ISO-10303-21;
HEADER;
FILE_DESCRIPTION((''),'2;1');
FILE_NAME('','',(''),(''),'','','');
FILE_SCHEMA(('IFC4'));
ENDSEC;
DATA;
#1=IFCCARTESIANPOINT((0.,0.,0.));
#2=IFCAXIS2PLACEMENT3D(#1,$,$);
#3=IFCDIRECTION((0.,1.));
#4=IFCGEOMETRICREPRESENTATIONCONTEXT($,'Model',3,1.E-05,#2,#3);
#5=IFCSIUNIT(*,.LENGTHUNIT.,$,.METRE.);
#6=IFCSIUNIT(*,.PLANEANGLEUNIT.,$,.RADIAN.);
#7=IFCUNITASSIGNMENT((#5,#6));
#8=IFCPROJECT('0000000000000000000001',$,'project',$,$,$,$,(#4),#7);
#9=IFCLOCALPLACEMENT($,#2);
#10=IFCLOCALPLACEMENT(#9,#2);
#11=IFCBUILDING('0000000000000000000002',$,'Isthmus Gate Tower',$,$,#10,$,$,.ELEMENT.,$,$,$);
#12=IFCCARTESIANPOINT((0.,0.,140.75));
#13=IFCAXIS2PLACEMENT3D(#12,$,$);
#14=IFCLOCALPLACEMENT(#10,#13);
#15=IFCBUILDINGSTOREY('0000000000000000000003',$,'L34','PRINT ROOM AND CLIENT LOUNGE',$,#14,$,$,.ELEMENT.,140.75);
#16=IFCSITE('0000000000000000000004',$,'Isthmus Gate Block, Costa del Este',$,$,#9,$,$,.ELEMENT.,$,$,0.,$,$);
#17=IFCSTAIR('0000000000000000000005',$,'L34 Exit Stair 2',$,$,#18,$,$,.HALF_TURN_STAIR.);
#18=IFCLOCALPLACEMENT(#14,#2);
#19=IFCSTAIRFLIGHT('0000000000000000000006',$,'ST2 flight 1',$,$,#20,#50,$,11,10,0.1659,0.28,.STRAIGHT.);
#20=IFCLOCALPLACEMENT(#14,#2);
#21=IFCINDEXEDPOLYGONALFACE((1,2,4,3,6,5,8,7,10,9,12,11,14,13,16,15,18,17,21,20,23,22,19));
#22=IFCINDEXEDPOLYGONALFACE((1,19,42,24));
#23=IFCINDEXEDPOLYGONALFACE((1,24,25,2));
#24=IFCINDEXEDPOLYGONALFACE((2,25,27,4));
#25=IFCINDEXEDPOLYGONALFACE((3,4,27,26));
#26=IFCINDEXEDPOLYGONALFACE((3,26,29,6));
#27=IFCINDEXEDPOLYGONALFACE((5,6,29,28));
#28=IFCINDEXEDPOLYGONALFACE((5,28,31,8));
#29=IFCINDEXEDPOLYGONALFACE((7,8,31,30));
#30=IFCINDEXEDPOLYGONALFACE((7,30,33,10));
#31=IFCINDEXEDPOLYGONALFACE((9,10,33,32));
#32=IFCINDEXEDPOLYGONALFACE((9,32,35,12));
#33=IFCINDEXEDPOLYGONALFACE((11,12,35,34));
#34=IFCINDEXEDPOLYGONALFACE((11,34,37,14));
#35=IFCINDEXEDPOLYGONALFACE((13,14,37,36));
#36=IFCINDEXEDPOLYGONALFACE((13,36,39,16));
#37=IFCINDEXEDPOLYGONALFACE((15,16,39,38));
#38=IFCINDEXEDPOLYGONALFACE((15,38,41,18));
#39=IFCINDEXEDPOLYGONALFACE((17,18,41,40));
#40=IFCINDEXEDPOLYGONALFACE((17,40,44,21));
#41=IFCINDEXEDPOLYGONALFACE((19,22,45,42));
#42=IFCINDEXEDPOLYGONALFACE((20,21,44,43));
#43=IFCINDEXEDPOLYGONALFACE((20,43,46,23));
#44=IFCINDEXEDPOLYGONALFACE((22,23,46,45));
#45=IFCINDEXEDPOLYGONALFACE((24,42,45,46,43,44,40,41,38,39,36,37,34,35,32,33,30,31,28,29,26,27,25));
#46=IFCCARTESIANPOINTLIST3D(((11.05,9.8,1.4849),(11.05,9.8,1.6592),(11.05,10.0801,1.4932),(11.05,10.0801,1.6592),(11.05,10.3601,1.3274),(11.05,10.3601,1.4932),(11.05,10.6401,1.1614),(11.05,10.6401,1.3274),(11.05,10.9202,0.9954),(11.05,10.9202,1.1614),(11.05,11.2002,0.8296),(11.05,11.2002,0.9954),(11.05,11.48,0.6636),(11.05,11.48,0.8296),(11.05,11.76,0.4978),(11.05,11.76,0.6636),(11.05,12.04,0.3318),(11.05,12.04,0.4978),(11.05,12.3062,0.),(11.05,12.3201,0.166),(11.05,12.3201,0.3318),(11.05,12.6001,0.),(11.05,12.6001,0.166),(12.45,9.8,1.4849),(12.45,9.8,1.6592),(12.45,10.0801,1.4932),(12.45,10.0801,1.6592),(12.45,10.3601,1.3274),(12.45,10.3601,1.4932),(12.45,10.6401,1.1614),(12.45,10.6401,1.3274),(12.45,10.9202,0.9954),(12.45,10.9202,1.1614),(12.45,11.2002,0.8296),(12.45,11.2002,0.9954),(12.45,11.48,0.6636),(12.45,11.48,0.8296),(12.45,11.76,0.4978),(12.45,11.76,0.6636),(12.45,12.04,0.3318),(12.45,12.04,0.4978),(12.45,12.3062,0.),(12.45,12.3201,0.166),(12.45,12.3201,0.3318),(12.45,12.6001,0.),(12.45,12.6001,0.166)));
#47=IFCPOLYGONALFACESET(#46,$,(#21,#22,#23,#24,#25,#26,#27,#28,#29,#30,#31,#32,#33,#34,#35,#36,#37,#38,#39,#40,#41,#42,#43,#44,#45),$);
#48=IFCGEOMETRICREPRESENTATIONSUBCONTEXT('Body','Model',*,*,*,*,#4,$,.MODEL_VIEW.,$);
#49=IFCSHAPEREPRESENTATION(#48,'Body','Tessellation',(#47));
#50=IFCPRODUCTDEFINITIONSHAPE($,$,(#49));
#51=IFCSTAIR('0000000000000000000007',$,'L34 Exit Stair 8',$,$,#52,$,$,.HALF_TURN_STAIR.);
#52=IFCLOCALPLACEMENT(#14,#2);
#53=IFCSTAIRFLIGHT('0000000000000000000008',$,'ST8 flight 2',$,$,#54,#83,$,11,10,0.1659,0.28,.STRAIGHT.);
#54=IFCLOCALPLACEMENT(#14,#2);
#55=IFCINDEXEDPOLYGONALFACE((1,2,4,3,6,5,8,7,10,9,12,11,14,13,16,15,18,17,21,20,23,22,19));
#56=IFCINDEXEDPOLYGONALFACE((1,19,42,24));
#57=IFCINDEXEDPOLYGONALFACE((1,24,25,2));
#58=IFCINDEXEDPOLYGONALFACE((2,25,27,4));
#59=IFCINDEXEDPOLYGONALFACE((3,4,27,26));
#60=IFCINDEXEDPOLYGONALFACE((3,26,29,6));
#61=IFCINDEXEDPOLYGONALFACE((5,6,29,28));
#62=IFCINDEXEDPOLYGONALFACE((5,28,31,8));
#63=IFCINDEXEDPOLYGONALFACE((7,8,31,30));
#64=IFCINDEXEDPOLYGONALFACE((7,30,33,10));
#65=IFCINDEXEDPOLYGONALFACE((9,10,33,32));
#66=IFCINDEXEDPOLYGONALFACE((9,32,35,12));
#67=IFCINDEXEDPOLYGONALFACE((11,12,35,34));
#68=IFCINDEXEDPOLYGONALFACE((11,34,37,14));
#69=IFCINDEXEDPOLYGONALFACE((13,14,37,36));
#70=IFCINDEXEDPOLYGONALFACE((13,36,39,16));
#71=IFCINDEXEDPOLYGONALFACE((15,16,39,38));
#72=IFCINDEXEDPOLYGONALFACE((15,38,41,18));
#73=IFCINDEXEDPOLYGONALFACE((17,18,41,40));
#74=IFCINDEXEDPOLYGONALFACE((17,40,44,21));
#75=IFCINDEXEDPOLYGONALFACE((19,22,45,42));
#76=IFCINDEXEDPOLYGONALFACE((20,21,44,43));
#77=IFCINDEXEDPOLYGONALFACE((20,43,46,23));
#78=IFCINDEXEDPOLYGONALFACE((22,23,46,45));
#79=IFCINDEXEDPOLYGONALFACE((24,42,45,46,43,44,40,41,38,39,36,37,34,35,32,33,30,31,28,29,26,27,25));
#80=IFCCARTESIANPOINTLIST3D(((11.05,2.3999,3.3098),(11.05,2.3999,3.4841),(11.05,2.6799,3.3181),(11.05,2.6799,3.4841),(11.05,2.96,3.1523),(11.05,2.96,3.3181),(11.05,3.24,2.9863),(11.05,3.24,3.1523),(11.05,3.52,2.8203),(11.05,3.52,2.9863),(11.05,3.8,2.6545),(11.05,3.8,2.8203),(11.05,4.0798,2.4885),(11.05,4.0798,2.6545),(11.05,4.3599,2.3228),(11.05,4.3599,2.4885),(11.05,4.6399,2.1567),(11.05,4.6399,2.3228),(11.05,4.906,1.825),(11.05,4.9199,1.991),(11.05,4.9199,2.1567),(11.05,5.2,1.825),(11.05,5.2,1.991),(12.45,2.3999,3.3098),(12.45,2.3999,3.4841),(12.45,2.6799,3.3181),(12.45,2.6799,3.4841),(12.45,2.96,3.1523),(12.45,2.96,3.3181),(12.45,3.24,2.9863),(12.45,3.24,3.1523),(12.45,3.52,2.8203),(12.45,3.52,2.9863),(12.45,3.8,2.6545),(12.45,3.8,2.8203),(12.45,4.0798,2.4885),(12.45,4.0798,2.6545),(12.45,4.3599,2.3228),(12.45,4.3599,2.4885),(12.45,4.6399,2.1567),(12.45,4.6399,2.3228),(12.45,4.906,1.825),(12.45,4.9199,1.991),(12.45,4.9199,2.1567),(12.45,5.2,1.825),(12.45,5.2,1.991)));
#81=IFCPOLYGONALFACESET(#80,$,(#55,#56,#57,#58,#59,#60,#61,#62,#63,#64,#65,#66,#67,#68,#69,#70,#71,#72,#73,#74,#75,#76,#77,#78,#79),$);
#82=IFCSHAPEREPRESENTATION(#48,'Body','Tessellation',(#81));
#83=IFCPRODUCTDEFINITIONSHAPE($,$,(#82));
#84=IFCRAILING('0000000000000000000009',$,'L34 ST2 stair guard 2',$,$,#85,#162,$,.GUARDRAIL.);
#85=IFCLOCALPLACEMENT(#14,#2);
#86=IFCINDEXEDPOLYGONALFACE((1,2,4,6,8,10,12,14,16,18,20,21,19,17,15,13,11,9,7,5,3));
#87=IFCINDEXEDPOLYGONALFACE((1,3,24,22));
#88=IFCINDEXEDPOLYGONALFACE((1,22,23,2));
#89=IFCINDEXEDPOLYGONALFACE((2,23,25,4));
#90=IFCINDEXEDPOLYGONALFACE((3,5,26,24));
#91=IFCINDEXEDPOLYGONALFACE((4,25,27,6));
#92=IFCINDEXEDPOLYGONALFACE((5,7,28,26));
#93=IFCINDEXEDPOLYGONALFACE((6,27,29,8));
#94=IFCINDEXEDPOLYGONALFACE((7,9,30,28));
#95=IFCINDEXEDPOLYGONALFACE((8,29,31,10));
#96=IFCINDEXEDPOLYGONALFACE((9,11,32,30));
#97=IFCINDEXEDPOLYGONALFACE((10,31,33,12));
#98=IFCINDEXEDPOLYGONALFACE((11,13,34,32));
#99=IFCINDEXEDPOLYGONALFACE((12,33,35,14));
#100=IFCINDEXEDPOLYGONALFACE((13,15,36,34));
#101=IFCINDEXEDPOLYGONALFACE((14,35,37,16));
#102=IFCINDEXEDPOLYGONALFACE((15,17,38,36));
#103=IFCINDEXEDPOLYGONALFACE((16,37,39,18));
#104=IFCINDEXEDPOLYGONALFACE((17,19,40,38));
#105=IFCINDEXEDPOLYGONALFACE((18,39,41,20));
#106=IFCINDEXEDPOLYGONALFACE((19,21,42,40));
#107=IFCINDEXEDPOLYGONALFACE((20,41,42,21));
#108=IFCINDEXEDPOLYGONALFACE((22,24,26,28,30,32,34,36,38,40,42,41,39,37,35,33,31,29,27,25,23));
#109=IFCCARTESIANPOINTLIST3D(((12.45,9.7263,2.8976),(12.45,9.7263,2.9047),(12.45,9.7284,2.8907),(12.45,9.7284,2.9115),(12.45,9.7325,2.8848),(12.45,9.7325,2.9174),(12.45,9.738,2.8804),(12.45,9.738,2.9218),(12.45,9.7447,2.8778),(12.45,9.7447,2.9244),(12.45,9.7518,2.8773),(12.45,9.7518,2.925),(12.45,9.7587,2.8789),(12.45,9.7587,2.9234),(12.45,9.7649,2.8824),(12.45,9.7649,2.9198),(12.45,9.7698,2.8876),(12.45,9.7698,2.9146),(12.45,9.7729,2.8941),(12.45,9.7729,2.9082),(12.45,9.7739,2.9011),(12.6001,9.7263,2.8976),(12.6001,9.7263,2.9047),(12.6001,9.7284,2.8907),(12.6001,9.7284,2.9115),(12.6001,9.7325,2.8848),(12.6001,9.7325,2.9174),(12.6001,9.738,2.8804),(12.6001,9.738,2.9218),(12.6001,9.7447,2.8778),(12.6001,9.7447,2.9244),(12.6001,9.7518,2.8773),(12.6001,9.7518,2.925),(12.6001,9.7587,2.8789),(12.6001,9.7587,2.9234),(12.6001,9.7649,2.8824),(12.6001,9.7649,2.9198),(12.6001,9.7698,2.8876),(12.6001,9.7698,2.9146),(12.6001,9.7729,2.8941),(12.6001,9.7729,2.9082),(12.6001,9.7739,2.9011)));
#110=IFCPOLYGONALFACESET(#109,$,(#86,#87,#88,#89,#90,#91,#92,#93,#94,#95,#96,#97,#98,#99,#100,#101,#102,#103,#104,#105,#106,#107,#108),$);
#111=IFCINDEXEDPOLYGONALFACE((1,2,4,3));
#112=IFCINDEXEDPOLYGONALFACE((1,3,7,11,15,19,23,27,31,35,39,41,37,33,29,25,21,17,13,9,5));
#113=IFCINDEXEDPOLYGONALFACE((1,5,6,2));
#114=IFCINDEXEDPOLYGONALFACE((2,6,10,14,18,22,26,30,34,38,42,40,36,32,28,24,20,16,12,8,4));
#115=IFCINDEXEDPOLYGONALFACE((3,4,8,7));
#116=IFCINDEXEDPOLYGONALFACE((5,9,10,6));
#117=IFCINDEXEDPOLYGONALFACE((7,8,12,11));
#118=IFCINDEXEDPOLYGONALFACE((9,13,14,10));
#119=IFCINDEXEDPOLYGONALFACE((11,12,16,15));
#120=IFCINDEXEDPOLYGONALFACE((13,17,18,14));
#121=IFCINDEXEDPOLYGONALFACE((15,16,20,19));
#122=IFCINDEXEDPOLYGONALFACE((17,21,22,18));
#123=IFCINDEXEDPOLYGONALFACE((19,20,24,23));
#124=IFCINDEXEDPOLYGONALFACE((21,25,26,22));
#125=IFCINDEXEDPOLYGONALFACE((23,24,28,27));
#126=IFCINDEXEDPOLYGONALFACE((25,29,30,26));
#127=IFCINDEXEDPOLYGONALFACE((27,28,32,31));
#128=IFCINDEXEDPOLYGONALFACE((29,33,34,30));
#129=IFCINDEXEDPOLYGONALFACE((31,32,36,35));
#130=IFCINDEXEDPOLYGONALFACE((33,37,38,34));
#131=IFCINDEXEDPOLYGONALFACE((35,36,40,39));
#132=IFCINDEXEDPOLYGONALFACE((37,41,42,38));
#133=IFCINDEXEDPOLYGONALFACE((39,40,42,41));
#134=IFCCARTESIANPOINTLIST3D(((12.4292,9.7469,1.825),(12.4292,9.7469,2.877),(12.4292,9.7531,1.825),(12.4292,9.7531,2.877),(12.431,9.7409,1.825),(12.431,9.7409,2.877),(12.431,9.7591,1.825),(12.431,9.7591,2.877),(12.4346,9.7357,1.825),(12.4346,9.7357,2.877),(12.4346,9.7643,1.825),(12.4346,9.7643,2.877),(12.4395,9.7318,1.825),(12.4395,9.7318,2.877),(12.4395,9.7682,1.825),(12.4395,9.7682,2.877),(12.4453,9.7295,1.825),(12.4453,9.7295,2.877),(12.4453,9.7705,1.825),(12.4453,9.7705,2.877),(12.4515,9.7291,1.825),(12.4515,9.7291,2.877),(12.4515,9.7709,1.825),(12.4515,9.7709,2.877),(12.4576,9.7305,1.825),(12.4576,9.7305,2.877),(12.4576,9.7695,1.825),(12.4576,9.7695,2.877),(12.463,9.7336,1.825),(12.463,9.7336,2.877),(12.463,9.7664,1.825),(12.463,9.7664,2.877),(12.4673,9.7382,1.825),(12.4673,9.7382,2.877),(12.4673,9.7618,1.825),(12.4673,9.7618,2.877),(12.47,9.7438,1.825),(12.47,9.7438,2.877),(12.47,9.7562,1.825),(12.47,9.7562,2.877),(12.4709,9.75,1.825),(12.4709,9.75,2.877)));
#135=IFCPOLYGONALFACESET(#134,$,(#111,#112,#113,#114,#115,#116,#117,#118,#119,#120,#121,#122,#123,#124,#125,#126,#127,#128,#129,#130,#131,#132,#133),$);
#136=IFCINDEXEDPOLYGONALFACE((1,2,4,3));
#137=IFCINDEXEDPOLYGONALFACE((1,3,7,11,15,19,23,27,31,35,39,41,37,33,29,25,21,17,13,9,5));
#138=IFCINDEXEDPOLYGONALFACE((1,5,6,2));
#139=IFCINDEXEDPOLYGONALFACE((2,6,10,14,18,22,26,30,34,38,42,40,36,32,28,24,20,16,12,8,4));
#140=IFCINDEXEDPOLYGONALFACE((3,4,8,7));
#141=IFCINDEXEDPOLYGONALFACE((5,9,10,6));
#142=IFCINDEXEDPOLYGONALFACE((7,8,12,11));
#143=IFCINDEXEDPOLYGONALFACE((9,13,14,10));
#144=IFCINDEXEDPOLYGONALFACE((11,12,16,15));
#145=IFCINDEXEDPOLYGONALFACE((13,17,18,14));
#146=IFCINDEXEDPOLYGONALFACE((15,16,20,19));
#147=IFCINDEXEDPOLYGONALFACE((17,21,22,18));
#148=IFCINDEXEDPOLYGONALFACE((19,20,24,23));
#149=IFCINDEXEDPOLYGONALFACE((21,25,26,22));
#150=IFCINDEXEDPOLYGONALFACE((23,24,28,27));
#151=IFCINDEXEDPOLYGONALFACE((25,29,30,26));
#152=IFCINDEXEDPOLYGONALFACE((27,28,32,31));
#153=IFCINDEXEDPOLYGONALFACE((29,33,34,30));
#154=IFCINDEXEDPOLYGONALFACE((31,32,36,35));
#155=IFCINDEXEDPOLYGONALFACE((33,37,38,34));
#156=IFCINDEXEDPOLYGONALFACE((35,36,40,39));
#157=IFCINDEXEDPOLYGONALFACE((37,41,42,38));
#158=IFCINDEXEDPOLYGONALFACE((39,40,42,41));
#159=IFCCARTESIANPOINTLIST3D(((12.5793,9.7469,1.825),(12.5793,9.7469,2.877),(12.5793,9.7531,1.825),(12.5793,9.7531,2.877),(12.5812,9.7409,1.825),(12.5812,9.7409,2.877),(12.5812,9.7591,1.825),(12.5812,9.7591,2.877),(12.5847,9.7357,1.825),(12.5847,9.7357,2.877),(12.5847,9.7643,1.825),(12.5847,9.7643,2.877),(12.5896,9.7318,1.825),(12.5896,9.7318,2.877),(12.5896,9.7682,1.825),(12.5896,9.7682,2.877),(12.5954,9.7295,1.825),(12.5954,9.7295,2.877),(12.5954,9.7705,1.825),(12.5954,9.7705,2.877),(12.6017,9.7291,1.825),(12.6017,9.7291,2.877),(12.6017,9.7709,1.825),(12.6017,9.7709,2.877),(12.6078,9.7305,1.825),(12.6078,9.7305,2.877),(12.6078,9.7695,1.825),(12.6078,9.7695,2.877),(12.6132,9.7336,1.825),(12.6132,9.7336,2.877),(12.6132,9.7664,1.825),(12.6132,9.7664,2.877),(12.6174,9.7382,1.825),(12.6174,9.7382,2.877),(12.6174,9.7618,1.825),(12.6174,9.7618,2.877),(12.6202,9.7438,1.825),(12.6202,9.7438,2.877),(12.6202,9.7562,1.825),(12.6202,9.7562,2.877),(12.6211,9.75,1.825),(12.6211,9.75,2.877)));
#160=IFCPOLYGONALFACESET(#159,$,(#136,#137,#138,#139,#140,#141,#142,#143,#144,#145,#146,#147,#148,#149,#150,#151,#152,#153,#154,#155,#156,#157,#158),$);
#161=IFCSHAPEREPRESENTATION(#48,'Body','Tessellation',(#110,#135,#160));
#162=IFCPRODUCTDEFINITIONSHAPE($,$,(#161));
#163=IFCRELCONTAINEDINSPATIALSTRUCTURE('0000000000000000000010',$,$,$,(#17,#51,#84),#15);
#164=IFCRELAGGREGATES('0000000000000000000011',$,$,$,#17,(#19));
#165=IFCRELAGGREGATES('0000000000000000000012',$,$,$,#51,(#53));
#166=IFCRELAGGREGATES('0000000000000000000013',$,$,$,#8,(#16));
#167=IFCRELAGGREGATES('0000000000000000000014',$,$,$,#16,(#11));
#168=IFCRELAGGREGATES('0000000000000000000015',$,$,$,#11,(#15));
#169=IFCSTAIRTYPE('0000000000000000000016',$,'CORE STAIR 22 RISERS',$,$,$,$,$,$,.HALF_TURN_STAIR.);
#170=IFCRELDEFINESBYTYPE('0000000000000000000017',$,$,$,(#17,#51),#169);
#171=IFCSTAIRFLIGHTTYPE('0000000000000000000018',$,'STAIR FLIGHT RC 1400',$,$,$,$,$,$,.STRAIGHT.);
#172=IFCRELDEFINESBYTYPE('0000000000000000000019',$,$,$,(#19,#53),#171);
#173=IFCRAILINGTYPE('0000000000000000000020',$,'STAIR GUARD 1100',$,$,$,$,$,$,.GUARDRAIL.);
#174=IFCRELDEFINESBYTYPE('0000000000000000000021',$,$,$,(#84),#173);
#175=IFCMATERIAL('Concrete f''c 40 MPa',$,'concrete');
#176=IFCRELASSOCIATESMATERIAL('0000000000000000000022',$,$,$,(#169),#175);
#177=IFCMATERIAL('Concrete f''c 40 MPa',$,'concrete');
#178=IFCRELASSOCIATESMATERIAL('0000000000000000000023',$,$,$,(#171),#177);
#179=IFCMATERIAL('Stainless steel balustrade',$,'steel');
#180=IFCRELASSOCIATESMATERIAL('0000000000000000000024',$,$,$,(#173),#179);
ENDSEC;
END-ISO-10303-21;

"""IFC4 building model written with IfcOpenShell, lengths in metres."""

from ifc_helpers import new_model, si_unit, direction, frame, origin, origin_2d, place, context, subcontext, project, spatial, polyline, circle, outline, extrude, material, type_object, element, aggregate, save


model = new_model("IFC4")

# Units and contexts
model_context = context("Model", 3, precision=1e-05, world=origin(), true_north=direction((0.0, 1.0)))
body_context = subcontext(model_context, "Body", "Model", "MODEL_VIEW")
ifc_project = project(units=[si_unit("LENGTHUNIT", "METRE"), si_unit("PLANEANGLEUNIT", "RADIAN")], contexts=[model_context])

# Site, building, storey
site_placement = place(None, origin())
site = spatial("IfcSite", under=ifc_project, at=site_placement, Name="Isthmus Gate Block, Costa del Este", CompositionType="ELEMENT", RefElevation=0.0)
building_placement = place(site_placement, origin())
building = spatial("IfcBuilding", under=site, at=building_placement, Name="Isthmus Gate Tower", CompositionType="ELEMENT")
storey_placement = place(building_placement, frame((0.0, 0.0, 140.75)))
storey = spatial("IfcBuildingStorey", under=building, at=storey_placement, Name="L34", Description="PRINT ROOM AND CLIENT LOUNGE", CompositionType="ELEMENT", Elevation=140.75)

# Stairs, stair flights
ifc_material_1 = material(Name="Concrete f'c 40 MPa", Category="concrete")
stair_type = type_object("IfcStairType", Name="CORE STAIR 22 RISERS", PredefinedType="HALF_TURN_STAIR", material=ifc_material_1)
stair_1_placement = place(storey_placement, origin())
stair_1 = element("IfcStair", 1, at=stair_1_placement, inside=storey, type_object=stair_type, Name="L34 Exit Stair 2", PredefinedType="HALF_TURN_STAIR")
ifc_material_2 = material(Name="Concrete f'c 40 MPa", Category="concrete")
stair_flight_type = type_object("IfcStairFlightType", Name="STAIR FLIGHT RC 1400", PredefinedType="STRAIGHT", material=ifc_material_2)
stair_flight_1_placement = place(storey_placement, frame((11.75, 12.6001, 0.0), z_axis=(0.0, 0.0, 1.0), x_axis=(0.0, -1.0, 0.0)))
stair_flight_1 = element("IfcStairFlight", 2, at=stair_flight_1_placement, type_object=stair_flight_type, Name="ST2 flight 1", NumberOfRisers=11, NumberOfTreads=10, PredefinedType="STRAIGHT", RiserHeight=0.1659, TreadLength=0.28, context=body_context, shape_type="SweptSolid", body=[
    extrude(outline(polyline([(0.0, 0.0), (0.0, 0.166), (0.28, 0.166), (0.28, 0.3318), (0.5601, 0.3318), (0.5601, 0.4978), (0.8401, 0.4978), (0.8401, 0.6636), (1.1201, 0.6636), (1.1201, 0.8296), (1.3999, 0.8296), (1.3999, 0.9954), (1.6799, 0.9954), (1.6799, 1.1614), (1.96, 1.1614), (1.96, 1.3274), (2.24, 1.3274), (2.24, 1.4932), (2.52, 1.4932), (2.52, 1.6592), (2.8, 1.6592), (2.8, 1.825), (2.8, 1.4849), (0.2939, 0.0), (0.0, 0.0)])), frame((0.0, 0.7, 0.0), z_axis=(0.0, -1.0, 0.0), x_axis=(1.0, 0.0, 0.0)), (0.0, 0.0, 1.0), 1.3999),
])
aggregate(stair_1, [stair_flight_1])
stair_2_placement = place(storey_placement, origin())
stair_2 = element("IfcStair", 3, at=stair_2_placement, inside=storey, type_object=stair_type, Name="L34 Exit Stair 8", PredefinedType="HALF_TURN_STAIR")
stair_flight_2_placement = place(storey_placement, frame((11.75, 5.2, 1.825), z_axis=(0.0, 0.0, 1.0), x_axis=(0.0, -1.0, 0.0)))
stair_flight_2 = element("IfcStairFlight", 4, at=stair_flight_2_placement, type_object=stair_flight_type, Name="ST8 flight 2", NumberOfRisers=11, NumberOfTreads=10, PredefinedType="STRAIGHT", RiserHeight=0.1659, TreadLength=0.28, context=body_context, shape_type="SweptSolid", body=[
    extrude(outline(polyline([(0.0, 0.0), (0.0, 0.166), (0.28, 0.166), (0.28, 0.3318), (0.5601, 0.3318), (0.5601, 0.4978), (0.8401, 0.4978), (0.8401, 0.6636), (1.1201, 0.6636), (1.1201, 0.8296), (1.3999, 0.8296), (1.3999, 0.9954), (1.6799, 0.9954), (1.6799, 1.1614), (1.96, 1.1614), (1.96, 1.3274), (2.24, 1.3274), (2.24, 1.4932), (2.52, 1.4932), (2.52, 1.6592), (2.8, 1.6592), (2.8, 1.825), (2.8, 1.4849), (0.2939, 0.0), (0.0, 0.0)])), frame((0.0, 0.7, 0.0), z_axis=(0.0, -1.0, 0.0), x_axis=(1.0, 0.0, 0.0)), (0.0, 0.0, 1.0), 1.3999),
])
aggregate(stair_2, [stair_flight_2])

# Railing
ifc_material_3 = material(Name="Stainless steel balustrade", Category="steel")
railing_type_1 = type_object("IfcRailingType", Name="STAIR GUARD 1100", PredefinedType="GUARDRAIL", material=ifc_material_3)
railing_1_placement = place(storey_placement, frame((12.45, 9.75, 1.825)))
element("IfcRailing", 5, at=railing_1_placement, inside=storey, type_object=railing_type_1, Name="L34 ST2 stair guard 2", PredefinedType="GUARDRAIL", context=body_context, shape_type="SweptSolid", body=[
    extrude(circle(Radius=0.0239, at=origin_2d()), frame((0.0, 0.0, 1.0762), z_axis=(1.0, 0.0, 0.0), x_axis=(0.0, 1.0, 0.0)), (0.0, 0.0, 1.0), 0.1501),
    extrude(circle(Radius=0.021, at=origin_2d()), origin(), (0.0, 0.0, 1.0), 1.052),
    extrude(circle(Radius=0.021, at=origin_2d()), frame((0.1501, 0.0, 0.0)), (0.0, 0.0, 1.0), 1.052),
])

save(model, "model.ifc")
